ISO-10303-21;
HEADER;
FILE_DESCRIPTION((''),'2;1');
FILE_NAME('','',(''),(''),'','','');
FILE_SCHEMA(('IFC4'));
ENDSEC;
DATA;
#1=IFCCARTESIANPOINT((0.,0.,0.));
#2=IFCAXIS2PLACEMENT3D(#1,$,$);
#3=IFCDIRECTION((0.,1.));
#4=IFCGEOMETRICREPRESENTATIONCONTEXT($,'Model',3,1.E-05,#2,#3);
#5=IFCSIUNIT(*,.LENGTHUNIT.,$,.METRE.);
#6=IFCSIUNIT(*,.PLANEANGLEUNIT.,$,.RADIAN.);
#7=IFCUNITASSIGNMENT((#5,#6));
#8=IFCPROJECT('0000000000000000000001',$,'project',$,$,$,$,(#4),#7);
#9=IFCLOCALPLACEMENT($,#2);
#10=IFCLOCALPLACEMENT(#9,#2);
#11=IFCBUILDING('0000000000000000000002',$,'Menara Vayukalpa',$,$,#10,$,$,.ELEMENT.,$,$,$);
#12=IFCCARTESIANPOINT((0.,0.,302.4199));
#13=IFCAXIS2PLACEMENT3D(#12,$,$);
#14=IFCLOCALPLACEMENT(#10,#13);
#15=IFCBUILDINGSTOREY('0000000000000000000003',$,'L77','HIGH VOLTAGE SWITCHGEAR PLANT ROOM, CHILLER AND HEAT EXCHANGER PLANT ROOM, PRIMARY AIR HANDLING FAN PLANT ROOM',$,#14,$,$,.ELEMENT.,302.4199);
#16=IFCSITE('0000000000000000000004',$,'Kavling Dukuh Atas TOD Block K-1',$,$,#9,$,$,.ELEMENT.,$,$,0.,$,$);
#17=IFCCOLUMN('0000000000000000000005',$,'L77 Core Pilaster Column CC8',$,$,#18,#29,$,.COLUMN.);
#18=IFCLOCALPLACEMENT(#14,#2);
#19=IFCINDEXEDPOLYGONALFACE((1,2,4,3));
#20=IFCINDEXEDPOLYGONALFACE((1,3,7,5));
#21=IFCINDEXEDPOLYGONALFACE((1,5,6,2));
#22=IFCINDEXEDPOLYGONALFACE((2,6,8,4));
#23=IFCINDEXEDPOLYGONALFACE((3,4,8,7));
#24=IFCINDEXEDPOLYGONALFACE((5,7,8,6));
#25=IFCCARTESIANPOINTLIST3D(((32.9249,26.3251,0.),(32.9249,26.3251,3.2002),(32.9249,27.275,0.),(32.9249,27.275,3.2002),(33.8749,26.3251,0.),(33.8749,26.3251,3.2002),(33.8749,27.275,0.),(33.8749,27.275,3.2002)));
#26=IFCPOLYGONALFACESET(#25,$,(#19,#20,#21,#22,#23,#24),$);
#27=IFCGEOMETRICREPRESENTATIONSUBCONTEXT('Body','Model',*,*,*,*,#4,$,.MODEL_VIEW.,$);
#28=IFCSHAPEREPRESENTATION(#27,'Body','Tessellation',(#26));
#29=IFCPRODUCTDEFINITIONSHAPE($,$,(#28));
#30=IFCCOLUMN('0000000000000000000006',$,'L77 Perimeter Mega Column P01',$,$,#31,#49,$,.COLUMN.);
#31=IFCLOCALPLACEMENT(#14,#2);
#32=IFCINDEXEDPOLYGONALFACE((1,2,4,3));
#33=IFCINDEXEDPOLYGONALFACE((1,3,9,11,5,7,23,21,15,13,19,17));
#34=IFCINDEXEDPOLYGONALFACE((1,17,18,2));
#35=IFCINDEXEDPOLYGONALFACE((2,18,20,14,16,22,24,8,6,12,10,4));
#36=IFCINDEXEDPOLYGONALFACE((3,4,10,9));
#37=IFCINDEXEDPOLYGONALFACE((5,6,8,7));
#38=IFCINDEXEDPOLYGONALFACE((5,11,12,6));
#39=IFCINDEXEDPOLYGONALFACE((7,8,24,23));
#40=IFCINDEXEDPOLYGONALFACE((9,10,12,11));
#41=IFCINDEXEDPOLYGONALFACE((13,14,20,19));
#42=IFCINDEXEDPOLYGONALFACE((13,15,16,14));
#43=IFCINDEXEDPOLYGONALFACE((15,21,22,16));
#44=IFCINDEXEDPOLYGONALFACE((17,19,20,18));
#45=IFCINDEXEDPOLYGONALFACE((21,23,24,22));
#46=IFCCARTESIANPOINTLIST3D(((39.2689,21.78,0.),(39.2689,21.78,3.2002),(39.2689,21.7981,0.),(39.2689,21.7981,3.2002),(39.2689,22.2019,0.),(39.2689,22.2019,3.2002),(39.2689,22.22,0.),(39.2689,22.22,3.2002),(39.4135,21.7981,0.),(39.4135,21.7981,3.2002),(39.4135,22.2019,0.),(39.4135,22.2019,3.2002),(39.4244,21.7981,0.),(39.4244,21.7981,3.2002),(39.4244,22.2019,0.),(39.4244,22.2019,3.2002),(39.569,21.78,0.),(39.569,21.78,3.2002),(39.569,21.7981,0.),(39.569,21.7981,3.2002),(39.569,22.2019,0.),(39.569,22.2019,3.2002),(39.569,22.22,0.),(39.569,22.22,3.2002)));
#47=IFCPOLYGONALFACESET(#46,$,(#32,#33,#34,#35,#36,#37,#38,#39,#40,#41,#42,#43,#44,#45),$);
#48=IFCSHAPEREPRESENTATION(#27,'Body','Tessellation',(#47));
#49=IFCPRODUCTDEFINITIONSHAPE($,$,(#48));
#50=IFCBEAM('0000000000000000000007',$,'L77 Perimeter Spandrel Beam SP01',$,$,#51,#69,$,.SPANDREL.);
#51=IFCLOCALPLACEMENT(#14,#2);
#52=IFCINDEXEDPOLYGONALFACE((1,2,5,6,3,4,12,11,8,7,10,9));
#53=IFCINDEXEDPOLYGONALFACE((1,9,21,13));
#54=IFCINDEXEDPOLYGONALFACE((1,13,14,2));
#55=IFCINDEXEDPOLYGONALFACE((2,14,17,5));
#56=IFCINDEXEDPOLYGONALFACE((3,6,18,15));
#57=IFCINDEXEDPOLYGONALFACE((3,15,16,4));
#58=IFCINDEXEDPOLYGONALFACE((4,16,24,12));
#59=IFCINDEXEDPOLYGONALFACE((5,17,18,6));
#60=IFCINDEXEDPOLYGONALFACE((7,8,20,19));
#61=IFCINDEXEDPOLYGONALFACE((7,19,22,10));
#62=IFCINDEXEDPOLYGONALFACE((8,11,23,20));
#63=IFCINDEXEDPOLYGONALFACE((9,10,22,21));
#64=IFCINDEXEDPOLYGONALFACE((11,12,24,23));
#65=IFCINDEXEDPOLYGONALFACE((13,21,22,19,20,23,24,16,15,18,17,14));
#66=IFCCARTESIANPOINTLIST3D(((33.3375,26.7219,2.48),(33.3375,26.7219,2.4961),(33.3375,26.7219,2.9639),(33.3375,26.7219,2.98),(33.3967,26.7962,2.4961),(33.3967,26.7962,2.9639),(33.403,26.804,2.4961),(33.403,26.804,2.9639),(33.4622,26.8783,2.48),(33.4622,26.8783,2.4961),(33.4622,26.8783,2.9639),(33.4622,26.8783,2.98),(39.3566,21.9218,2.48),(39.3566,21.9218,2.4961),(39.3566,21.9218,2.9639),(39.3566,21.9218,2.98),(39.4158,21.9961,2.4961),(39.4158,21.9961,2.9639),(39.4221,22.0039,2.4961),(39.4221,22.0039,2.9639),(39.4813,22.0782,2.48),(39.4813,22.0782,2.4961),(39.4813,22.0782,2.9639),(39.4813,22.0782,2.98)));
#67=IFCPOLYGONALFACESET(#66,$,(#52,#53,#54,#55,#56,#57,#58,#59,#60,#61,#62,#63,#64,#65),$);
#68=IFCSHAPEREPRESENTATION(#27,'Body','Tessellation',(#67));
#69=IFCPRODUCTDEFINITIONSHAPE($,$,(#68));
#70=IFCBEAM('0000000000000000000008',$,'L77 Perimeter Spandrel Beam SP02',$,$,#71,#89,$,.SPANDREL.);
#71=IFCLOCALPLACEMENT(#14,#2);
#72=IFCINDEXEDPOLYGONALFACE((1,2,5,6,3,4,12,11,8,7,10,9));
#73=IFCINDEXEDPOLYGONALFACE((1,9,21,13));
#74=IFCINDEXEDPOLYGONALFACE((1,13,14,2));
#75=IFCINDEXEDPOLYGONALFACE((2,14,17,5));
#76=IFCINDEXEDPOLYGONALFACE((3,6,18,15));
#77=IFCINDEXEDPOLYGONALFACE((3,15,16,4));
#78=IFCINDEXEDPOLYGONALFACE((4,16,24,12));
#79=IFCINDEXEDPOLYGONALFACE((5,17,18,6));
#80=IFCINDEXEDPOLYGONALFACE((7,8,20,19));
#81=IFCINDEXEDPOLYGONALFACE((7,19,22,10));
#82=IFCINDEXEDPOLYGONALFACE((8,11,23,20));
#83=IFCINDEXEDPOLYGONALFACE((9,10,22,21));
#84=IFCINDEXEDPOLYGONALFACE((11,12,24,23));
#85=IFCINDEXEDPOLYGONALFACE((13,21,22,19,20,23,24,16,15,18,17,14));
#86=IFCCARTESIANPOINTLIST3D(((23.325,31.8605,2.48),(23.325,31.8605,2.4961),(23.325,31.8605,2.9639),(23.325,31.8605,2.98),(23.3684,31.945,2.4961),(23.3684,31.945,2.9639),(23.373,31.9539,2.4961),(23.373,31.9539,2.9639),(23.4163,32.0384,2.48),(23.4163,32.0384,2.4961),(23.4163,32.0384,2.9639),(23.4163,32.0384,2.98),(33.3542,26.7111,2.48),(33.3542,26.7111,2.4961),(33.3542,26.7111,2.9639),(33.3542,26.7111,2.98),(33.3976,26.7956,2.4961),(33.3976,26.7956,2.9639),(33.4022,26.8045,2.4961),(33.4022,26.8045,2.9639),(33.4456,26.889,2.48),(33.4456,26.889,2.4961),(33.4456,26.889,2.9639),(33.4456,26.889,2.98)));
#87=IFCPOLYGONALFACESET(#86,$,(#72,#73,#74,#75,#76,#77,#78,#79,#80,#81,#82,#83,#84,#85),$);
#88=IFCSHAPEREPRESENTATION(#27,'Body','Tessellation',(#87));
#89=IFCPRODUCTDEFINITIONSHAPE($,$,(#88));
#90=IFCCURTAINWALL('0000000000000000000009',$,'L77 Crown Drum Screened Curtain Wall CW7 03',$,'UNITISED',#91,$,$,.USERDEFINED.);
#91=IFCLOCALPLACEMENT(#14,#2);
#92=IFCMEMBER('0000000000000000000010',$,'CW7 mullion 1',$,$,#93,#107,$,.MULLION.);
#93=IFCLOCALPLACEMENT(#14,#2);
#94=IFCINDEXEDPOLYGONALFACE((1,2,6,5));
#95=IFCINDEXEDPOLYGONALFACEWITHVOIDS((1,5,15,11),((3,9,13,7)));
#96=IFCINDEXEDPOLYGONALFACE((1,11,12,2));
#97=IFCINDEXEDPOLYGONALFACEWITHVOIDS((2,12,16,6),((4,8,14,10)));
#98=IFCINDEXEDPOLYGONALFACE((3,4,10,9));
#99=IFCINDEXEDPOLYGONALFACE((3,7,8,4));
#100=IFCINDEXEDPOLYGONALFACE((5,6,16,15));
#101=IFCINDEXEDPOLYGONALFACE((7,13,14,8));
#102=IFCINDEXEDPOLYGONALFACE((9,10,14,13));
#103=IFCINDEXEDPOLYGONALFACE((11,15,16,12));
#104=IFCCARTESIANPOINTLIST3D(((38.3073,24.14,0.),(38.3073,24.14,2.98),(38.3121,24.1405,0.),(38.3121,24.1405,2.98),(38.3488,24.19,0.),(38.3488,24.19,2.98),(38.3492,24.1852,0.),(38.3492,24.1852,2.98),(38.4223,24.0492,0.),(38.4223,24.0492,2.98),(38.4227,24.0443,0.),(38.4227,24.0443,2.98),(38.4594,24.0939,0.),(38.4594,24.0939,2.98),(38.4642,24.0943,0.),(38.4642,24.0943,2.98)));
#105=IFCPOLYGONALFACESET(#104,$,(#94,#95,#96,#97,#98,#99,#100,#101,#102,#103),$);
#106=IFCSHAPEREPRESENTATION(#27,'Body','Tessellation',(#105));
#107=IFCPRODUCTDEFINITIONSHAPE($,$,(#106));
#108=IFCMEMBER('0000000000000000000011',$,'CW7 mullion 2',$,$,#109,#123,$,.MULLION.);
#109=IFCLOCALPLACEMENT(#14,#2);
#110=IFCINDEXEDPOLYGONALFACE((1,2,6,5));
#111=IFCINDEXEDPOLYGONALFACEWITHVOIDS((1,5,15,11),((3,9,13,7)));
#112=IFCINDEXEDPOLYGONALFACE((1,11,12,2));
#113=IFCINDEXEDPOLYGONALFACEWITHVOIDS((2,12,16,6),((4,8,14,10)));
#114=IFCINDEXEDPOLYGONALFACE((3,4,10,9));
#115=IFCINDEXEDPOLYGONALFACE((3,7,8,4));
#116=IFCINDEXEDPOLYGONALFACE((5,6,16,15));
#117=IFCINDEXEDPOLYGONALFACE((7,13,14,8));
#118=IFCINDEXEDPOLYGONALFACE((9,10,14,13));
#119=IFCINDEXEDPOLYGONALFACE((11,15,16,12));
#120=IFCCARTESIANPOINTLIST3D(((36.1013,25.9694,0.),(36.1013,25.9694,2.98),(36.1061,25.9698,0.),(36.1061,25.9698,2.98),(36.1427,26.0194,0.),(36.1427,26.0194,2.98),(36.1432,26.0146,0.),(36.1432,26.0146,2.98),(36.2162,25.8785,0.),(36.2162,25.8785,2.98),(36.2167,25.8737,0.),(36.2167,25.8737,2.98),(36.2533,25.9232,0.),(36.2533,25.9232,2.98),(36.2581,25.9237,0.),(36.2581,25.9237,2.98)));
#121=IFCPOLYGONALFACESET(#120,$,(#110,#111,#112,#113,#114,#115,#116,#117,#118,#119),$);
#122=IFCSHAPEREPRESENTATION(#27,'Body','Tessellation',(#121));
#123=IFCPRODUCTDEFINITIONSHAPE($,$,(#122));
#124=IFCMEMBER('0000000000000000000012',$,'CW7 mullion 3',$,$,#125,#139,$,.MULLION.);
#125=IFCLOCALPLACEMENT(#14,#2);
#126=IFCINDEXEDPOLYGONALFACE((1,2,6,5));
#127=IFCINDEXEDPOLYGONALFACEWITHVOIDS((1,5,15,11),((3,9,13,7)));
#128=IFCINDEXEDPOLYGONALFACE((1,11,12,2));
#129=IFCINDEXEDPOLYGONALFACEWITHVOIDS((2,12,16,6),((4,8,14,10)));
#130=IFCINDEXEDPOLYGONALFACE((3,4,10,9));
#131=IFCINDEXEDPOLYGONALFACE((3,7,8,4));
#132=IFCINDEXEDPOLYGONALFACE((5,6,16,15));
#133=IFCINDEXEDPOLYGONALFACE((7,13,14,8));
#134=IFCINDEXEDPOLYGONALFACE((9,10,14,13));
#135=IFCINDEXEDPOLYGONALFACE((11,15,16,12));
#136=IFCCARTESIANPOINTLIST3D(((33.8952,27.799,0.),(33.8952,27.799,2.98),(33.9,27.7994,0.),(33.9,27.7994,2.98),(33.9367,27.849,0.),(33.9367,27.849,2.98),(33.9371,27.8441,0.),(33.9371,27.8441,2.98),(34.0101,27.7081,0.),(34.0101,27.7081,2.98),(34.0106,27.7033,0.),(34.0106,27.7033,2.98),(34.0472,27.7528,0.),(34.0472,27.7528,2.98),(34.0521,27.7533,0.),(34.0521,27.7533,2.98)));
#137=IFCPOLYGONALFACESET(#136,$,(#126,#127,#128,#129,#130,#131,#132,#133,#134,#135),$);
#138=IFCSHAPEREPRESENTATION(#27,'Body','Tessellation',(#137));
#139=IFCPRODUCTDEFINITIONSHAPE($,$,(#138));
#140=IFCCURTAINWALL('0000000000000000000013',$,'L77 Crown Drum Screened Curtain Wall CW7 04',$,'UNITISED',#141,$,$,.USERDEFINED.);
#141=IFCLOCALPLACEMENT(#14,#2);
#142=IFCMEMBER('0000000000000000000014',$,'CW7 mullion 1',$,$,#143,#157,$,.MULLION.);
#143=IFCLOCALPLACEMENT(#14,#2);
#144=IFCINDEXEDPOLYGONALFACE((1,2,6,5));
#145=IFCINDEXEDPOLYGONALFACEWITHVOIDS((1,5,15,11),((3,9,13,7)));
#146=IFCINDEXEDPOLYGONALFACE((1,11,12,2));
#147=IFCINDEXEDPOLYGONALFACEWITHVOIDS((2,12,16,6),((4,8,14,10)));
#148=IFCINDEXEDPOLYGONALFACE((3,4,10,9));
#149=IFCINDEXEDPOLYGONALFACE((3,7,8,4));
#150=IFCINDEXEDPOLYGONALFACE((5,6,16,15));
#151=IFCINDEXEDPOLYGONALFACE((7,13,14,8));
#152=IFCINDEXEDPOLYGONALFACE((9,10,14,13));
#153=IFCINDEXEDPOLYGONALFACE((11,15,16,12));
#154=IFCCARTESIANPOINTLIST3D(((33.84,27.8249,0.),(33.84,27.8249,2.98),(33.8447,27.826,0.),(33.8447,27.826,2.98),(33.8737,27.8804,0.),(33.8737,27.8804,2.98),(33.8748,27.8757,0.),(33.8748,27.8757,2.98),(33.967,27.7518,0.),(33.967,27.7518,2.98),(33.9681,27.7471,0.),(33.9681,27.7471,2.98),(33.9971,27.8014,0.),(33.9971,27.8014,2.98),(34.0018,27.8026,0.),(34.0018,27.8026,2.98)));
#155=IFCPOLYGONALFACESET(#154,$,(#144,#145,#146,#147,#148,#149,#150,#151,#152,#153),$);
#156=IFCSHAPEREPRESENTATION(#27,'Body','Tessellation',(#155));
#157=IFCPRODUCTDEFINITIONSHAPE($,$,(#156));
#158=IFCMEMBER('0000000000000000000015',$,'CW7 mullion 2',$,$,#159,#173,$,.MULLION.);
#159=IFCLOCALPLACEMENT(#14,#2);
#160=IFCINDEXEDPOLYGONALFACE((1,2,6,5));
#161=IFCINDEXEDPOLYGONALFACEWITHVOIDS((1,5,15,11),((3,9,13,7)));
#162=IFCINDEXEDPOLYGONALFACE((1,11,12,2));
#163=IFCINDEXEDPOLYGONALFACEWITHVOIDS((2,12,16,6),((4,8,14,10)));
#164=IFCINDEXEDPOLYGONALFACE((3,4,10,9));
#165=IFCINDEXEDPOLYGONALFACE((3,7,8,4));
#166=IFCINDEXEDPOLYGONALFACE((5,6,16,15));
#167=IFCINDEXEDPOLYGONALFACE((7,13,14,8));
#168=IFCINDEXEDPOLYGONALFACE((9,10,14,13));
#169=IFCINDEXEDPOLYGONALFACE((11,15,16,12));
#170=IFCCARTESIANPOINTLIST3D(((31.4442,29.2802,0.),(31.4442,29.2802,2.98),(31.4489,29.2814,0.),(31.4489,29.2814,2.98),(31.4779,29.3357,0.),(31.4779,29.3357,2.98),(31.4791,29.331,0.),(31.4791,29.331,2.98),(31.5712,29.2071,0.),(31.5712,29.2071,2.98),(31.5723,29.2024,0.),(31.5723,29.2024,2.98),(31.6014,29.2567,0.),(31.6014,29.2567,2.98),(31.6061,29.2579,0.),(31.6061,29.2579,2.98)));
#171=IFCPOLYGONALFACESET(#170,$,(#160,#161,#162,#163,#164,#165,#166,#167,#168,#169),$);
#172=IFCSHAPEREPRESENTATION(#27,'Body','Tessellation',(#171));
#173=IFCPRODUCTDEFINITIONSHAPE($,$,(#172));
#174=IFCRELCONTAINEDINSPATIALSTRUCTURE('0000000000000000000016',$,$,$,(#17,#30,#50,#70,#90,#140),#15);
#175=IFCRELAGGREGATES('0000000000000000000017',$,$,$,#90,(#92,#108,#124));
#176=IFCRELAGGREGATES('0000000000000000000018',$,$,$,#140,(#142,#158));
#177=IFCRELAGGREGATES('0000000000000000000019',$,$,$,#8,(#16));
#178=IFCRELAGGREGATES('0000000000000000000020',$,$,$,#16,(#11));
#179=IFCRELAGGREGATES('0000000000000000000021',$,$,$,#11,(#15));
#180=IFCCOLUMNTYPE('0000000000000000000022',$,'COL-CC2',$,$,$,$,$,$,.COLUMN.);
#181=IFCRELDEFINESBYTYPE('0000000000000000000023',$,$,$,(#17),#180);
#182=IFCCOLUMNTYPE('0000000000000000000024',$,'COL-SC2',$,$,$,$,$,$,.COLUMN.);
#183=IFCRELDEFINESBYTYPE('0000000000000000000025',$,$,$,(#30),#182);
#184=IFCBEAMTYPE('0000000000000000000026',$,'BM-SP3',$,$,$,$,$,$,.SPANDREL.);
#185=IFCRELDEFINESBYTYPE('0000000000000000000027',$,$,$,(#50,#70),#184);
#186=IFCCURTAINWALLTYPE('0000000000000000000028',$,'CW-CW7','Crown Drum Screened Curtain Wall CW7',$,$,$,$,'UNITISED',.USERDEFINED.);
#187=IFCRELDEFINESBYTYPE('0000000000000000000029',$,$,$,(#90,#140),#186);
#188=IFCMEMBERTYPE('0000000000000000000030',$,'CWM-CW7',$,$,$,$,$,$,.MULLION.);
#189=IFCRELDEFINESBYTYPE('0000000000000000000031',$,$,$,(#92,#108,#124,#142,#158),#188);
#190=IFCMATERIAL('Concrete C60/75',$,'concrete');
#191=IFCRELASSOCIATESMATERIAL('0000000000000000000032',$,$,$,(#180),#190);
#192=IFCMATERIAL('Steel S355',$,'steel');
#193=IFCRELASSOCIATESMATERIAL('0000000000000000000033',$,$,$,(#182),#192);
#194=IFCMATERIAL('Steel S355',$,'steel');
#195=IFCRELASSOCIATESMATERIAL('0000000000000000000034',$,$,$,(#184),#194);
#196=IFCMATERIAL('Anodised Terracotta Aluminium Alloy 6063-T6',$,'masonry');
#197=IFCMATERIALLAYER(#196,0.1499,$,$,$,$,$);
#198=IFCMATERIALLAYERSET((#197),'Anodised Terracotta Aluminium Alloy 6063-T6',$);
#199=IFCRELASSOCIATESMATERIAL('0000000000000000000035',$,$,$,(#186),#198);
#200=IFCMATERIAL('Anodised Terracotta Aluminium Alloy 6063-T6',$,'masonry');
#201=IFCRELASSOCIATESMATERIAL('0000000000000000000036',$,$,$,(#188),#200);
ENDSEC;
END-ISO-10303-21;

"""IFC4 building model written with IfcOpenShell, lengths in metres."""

from ifc_helpers import new_model, si_unit, direction, frame, origin, origin_2d, place, context, subcontext, project, spatial, rectangle, hollow_rectangle, i_section, extrude, material, layer, layer_set, material_profile, profile_set, type_object, element, aggregate, save


model = new_model("IFC4")

# Units and contexts
model_context = context("Model", 3, precision=1e-05, world=origin(), true_north=direction((0.0, 1.0)))
body_context = subcontext(model_context, "Body", "Model", "MODEL_VIEW")
ifc_project = project(units=[si_unit("LENGTHUNIT", "METRE"), si_unit("PLANEANGLEUNIT", "RADIAN")], contexts=[model_context])

# Site, building, storey
site_placement = place(None, origin())
site = spatial("IfcSite", under=ifc_project, at=site_placement, Name="Kavling Dukuh Atas TOD Block K-1", CompositionType="ELEMENT", RefElevation=0.0)
building_placement = place(site_placement, origin())
building = spatial("IfcBuilding", under=site, at=building_placement, Name="Menara Vayukalpa", CompositionType="ELEMENT")
storey_placement = place(building_placement, frame((0.0, 0.0, 302.4199)))
storey = spatial("IfcBuildingStorey", under=building, at=storey_placement, Name="L77", Description="HIGH VOLTAGE SWITCHGEAR PLANT ROOM, CHILLER AND HEAT EXCHANGER PLANT ROOM, PRIMARY AIR HANDLING FAN PLANT ROOM", CompositionType="ELEMENT", Elevation=302.4199)

# Columns
ifc_material_1 = material(Name="Concrete C60/75", Category="concrete")
ifc_material_profile_1 = material_profile(ifc_material_1, rectangle(XDim=0.95, YDim=0.95, at=origin_2d()), Name="RC 950x950")
ifc_profile_set_1 = profile_set([ifc_material_profile_1], Name="Concrete C60/75")
column_type_1 = type_object("IfcColumnType", Name="COL-CC2", PredefinedType="COLUMN", material=ifc_profile_set_1)
column_1_placement = place(storey_placement, frame((33.3999, 26.8, 0.0), z_axis=(0.0, 0.0, 1.0), x_axis=(1.0, 0.0, 0.0)))
element("IfcColumn", 1, at=column_1_placement, inside=storey, type_object=column_type_1, Name="L77 Core Pilaster Column CC8", PredefinedType="COLUMN", context=body_context, shape_type="SweptSolid", body=[
    extrude(rectangle(XDim=0.95, YDim=0.95, at=origin_2d()), origin(), (0.0, 0.0, 1.0), 3.2002),
])
ifc_material_2 = material(Name="Steel S355", Category="steel")
ifc_material_profile_2 = material_profile(ifc_material_2, i_section(OverallWidth=0.3, OverallDepth=0.4399, WebThickness=0.011, FlangeThickness=0.0181, at=origin_2d()), Name="H 440x300x11x18")
ifc_profile_set_2 = profile_set([ifc_material_profile_2], Name="Steel S355")
column_type_2 = type_object("IfcColumnType", Name="COL-SC2", PredefinedType="COLUMN", material=ifc_profile_set_2)
column_2_placement = place(storey_placement, frame((39.4189, 22.0, 0.0), z_axis=(0.0, 0.0, 1.0), x_axis=(1.0, 0.0, 0.0)))
element("IfcColumn", 2, at=column_2_placement, inside=storey, type_object=column_type_2, Name="L77 Perimeter Mega Column P01", PredefinedType="COLUMN", context=body_context, shape_type="SweptSolid", body=[
    extrude(i_section(OverallWidth=0.3, OverallDepth=0.4399, WebThickness=0.011, FlangeThickness=0.0181, at=origin_2d()), origin(), (0.0, 0.0, 1.0), 3.2002),
])

# Beams
ifc_material_3 = material(Name="Steel S355", Category="steel")
ifc_material_profile_3 = material_profile(ifc_material_3, i_section(OverallWidth=0.2, OverallDepth=0.5, WebThickness=0.01, FlangeThickness=0.0161, at=origin_2d()), Name="WF 500x200x10x16")
ifc_profile_set_3 = profile_set([ifc_material_profile_3], Name="Steel S355")
beam_type = type_object("IfcBeamType", Name="BM-SP3", PredefinedType="SPANDREL", material=ifc_profile_set_3)
beam_1_placement = place(storey_placement, frame((39.4189, 22.0, 2.73), z_axis=(-0.78183, 0.623492, 0.0), x_axis=(-0.623492, -0.78183, 0.0)))
element("IfcBeam", 3, at=beam_1_placement, inside=storey, type_object=beam_type, Name="L77 Perimeter Spandrel Beam SP01", PredefinedType="SPANDREL", context=body_context, shape_type="SweptSolid", body=[
    extrude(i_section(OverallWidth=0.2, OverallDepth=0.5, WebThickness=0.01, FlangeThickness=0.0161, at=origin_2d()), origin(), (0.0, 0.0, 1.0), 7.6987),
])
beam_2_placement = place(storey_placement, frame((33.3999, 26.8, 2.73), z_axis=(-0.889595, 0.456751, 0.0), x_axis=(-0.456751, -0.889595, 0.0)))
element("IfcBeam", 4, at=beam_2_placement, inside=storey, type_object=beam_type, Name="L77 Perimeter Spandrel Beam SP02", PredefinedType="SPANDREL", context=body_context, shape_type="SweptSolid", body=[
    extrude(i_section(OverallWidth=0.2, OverallDepth=0.5, WebThickness=0.01, FlangeThickness=0.0161, at=origin_2d()), origin(), (0.0, 0.0, 1.0), 11.2739),
])

# Curtain walls, members
ifc_material_4 = material(Name="Anodised Terracotta Aluminium Alloy 6063-T6", Category="masonry")
ifc_layer_1 = layer(ifc_material_4, 0.1499)
ifc_layer_set_1 = layer_set([ifc_layer_1], Name="Anodised Terracotta Aluminium Alloy 6063-T6")
curtain_wall_type = type_object("IfcCurtainWallType", Name="CW-CW7", Description="Crown Drum Screened Curtain Wall CW7", ElementType="UNITISED", PredefinedType="USERDEFINED", material=ifc_layer_set_1)
curtain_wall_1_placement = place(storey_placement, origin())
curtain_wall_1 = element("IfcCurtainWall", 5, at=curtain_wall_1_placement, inside=storey, type_object=curtain_wall_type, Name="L77 Crown Drum Screened Curtain Wall CW7 03", ObjectType="UNITISED", PredefinedType="USERDEFINED")
ifc_material_5 = material(Name="Anodised Terracotta Aluminium Alloy 6063-T6", Category="masonry")
ifc_material_profile_4 = material_profile(ifc_material_5, hollow_rectangle(XDim=0.0649, YDim=0.1499, WallThickness=0.0034, at=origin_2d()), Name="ALU 65x150x3.5")
ifc_profile_set_4 = profile_set([ifc_material_profile_4], Name="Anodised Terracotta Aluminium Alloy 6063-T6")
member_type_1 = type_object("IfcMemberType", Name="CWM-CW7", PredefinedType="MULLION", material=ifc_profile_set_4)
member_1_placement = place(storey_placement, frame((38.3857, 24.1172, 0.0), z_axis=(0.0, 0.0, 1.0), x_axis=(-0.638347, -0.769749, 0.0)))
member_1 = element("IfcMember", 6, at=member_1_placement, type_object=member_type_1, Name="CW7 mullion 1", PredefinedType="MULLION", context=body_context, shape_type="SweptSolid", body=[
    extrude(hollow_rectangle(XDim=0.0649, YDim=0.1499, WallThickness=0.0034, at=origin_2d()), origin(), (0.0, 0.0, 1.0), 2.98),
])
member_2_placement = place(storey_placement, frame((36.1797, 25.9465, 0.0), z_axis=(0.0, 0.0, 1.0), x_axis=(-0.638347, -0.769749, 0.0)))
member_2 = element("IfcMember", 7, at=member_2_placement, type_object=member_type_1, Name="CW7 mullion 2", PredefinedType="MULLION", context=body_context, shape_type="SweptSolid", body=[
    extrude(hollow_rectangle(XDim=0.0649, YDim=0.1499, WallThickness=0.0034, at=origin_2d()), origin(), (0.0, 0.0, 1.0), 2.98),
])
member_3_placement = place(storey_placement, frame((33.9736, 27.7761, 0.0), z_axis=(0.0, 0.0, 1.0), x_axis=(-0.638347, -0.769749, 0.0)))
member_3 = element("IfcMember", 8, at=member_3_placement, type_object=member_type_1, Name="CW7 mullion 3", PredefinedType="MULLION", context=body_context, shape_type="SweptSolid", body=[
    extrude(hollow_rectangle(XDim=0.0649, YDim=0.1499, WallThickness=0.0034, at=origin_2d()), origin(), (0.0, 0.0, 1.0), 2.98),
])
curtain_wall_2_placement = place(storey_placement, origin())
curtain_wall_2 = element("IfcCurtainWall", 9, at=curtain_wall_2_placement, inside=storey, type_object=curtain_wall_type, Name="L77 Crown Drum Screened Curtain Wall CW7 04", ObjectType="UNITISED", PredefinedType="USERDEFINED")
member_4_placement = place(storey_placement, frame((33.9209, 27.8137, 0.0), z_axis=(0.0, 0.0, 1.0), x_axis=(-0.519176, -0.854667, 0.0)))
member_4 = element("IfcMember", 10, at=member_4_placement, type_object=member_type_1, Name="CW7 mullion 1", PredefinedType="MULLION", context=body_context, shape_type="SweptSolid", body=[
    extrude(hollow_rectangle(XDim=0.0649, YDim=0.1499, WallThickness=0.0034, at=origin_2d()), origin(), (0.0, 0.0, 1.0), 2.98),
])
member_5_placement = place(storey_placement, frame((31.5251, 29.269, 0.0), z_axis=(0.0, 0.0, 1.0), x_axis=(-0.519176, -0.854667, 0.0)))
member_5 = element("IfcMember", 11, at=member_5_placement, type_object=member_type_1, Name="CW7 mullion 2", PredefinedType="MULLION", context=body_context, shape_type="SweptSolid", body=[
    extrude(hollow_rectangle(XDim=0.0649, YDim=0.1499, WallThickness=0.0034, at=origin_2d()), origin(), (0.0, 0.0, 1.0), 2.98),
])

aggregate(curtain_wall_1, [member_1, member_2, member_3])
aggregate(curtain_wall_2, [member_4, member_5])

save(model, "model.ifc")
